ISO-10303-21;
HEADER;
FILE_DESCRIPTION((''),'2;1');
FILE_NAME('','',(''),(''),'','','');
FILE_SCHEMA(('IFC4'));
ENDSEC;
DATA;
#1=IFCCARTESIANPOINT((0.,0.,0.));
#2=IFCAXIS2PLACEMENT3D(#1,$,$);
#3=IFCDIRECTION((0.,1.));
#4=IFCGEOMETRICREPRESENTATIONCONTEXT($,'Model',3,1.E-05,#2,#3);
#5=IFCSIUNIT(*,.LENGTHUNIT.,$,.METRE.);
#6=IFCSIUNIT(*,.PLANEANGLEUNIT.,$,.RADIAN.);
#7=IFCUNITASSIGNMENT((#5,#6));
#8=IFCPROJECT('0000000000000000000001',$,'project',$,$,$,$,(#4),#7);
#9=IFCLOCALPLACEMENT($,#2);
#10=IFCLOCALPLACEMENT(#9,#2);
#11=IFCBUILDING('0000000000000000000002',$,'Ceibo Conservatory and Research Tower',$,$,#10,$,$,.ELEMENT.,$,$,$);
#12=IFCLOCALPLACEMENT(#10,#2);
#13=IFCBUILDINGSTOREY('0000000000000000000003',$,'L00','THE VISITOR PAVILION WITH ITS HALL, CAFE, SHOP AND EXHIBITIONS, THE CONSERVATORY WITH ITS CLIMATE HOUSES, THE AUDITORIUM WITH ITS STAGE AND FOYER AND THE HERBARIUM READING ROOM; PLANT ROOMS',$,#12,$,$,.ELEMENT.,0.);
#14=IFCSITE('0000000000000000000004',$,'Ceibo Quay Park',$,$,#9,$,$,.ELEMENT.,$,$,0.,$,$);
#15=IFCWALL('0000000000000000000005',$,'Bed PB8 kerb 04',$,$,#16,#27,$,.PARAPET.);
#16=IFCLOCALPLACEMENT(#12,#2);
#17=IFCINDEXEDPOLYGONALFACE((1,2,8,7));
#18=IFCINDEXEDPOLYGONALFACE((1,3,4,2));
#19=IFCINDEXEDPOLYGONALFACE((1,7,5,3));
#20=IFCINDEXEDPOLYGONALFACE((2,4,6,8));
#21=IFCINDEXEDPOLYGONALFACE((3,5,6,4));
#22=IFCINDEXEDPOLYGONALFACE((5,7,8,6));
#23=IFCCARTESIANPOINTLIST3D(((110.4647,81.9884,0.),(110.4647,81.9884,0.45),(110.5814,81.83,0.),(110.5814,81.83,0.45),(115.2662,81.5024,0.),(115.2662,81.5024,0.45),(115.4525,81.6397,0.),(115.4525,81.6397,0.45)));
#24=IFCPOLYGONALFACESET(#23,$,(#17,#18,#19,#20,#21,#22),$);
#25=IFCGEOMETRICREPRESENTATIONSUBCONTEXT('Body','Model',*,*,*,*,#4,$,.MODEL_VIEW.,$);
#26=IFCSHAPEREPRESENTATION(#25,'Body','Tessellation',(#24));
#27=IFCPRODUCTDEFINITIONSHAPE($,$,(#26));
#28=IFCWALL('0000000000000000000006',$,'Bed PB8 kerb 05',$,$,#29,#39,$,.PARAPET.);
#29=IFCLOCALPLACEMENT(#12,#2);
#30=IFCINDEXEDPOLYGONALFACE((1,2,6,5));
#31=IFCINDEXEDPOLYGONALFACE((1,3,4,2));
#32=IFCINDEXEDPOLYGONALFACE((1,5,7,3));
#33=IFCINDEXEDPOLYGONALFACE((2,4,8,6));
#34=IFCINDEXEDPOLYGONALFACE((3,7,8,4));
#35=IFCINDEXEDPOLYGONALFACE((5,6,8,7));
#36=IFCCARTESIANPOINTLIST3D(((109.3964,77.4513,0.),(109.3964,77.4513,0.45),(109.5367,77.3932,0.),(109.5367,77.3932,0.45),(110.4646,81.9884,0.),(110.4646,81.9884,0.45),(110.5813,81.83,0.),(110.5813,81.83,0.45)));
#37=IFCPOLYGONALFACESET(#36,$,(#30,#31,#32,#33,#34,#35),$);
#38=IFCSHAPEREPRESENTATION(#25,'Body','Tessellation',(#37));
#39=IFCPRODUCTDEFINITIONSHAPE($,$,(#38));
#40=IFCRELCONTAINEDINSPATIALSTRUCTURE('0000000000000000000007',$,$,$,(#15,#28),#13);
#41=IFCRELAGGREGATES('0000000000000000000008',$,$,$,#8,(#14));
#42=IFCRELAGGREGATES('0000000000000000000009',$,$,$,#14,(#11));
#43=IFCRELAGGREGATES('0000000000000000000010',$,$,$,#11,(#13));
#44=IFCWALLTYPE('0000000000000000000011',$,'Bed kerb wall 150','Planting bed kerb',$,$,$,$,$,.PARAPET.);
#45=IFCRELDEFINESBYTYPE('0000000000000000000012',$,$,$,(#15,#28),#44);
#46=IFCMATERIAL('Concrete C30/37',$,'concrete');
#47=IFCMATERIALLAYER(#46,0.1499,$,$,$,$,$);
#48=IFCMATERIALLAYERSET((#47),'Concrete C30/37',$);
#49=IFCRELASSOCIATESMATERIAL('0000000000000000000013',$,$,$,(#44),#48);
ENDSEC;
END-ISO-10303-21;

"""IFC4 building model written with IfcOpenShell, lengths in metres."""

from ifc_helpers import new_model, si_unit, direction, frame, origin, place, context, subcontext, project, spatial, polyline, outline, extrude, material, layer, layer_set, type_object, element, save


model = new_model("IFC4")

# Units and contexts
model_context = context("Model", 3, precision=1e-05, world=origin(), true_north=direction((0.0, 1.0)))
body_context = subcontext(model_context, "Body", "Model", "MODEL_VIEW")
ifc_project = project(units=[si_unit("LENGTHUNIT", "METRE"), si_unit("PLANEANGLEUNIT", "RADIAN")], contexts=[model_context])

# Site, building, storey
site_placement = place(None, origin())
site = spatial("IfcSite", under=ifc_project, at=site_placement, Name="Ceibo Quay Park", CompositionType="ELEMENT", RefElevation=0.0)
building_placement = place(site_placement, origin())
building = spatial("IfcBuilding", under=site, at=building_placement, Name="Ceibo Conservatory and Research Tower", CompositionType="ELEMENT")
storey_placement = place(building_placement, origin())
storey = spatial("IfcBuildingStorey", under=building, at=storey_placement, Name="L00", Description="THE VISITOR PAVILION WITH ITS HALL, CAFE, SHOP AND EXHIBITIONS, THE CONSERVATORY WITH ITS CLIMATE HOUSES, THE AUDITORIUM WITH ITS STAGE AND FOYER AND THE HERBARIUM READING ROOM; PLANT ROOMS", CompositionType="ELEMENT", Elevation=0.0)

# Walls
ifc_material_1 = material(Name="Concrete C30/37", Category="concrete")
ifc_layer_1 = layer(ifc_material_1, 0.1499)
ifc_layer_set_1 = layer_set([ifc_layer_1], Name="Concrete C30/37")
wall_type = type_object("IfcWallType", Name="Bed kerb wall 150", Description="Planting bed kerb", PredefinedType="PARAPET", material=ifc_layer_set_1)
wall_1_placement = place(storey_placement, frame((115.3594, 81.571, 0.0), z_axis=(0.0, 0.0, 1.0), x_axis=(-0.997565, 0.069744, 0.0)))
element("IfcWall", 1, at=wall_1_placement, inside=storey, type_object=wall_type, Name="Bed PB8 kerb 04", PredefinedType="PARAPET", context=body_context, shape_type="SweptSolid", body=[
    extrude(outline(polyline([(-0.0881, -0.075), (4.9119, -0.075), (4.7844, 0.075), (0.0881, 0.075), (-0.0881, -0.075)])), origin(), (0.0, 0.0, 1.0), 0.45),
])
wall_2_placement = place(storey_placement, frame((110.5229, 81.9092, 0.0), z_axis=(0.0, 0.0, 1.0), x_axis=(-0.229166, -0.973387, 0.0)))
element("IfcWall", 2, at=wall_2_placement, inside=storey, type_object=wall_type, Name="Bed PB8 kerb 05", PredefinedType="PARAPET", context=body_context, shape_type="SweptSolid", body=[
    extrude(outline(polyline([(-0.0637, -0.075), (4.5974, -0.075), (4.6218, 0.075), (0.0637, 0.075), (-0.0637, -0.075)])), origin(), (0.0, 0.0, 1.0), 0.45),
])

save(model, "model.ifc")
